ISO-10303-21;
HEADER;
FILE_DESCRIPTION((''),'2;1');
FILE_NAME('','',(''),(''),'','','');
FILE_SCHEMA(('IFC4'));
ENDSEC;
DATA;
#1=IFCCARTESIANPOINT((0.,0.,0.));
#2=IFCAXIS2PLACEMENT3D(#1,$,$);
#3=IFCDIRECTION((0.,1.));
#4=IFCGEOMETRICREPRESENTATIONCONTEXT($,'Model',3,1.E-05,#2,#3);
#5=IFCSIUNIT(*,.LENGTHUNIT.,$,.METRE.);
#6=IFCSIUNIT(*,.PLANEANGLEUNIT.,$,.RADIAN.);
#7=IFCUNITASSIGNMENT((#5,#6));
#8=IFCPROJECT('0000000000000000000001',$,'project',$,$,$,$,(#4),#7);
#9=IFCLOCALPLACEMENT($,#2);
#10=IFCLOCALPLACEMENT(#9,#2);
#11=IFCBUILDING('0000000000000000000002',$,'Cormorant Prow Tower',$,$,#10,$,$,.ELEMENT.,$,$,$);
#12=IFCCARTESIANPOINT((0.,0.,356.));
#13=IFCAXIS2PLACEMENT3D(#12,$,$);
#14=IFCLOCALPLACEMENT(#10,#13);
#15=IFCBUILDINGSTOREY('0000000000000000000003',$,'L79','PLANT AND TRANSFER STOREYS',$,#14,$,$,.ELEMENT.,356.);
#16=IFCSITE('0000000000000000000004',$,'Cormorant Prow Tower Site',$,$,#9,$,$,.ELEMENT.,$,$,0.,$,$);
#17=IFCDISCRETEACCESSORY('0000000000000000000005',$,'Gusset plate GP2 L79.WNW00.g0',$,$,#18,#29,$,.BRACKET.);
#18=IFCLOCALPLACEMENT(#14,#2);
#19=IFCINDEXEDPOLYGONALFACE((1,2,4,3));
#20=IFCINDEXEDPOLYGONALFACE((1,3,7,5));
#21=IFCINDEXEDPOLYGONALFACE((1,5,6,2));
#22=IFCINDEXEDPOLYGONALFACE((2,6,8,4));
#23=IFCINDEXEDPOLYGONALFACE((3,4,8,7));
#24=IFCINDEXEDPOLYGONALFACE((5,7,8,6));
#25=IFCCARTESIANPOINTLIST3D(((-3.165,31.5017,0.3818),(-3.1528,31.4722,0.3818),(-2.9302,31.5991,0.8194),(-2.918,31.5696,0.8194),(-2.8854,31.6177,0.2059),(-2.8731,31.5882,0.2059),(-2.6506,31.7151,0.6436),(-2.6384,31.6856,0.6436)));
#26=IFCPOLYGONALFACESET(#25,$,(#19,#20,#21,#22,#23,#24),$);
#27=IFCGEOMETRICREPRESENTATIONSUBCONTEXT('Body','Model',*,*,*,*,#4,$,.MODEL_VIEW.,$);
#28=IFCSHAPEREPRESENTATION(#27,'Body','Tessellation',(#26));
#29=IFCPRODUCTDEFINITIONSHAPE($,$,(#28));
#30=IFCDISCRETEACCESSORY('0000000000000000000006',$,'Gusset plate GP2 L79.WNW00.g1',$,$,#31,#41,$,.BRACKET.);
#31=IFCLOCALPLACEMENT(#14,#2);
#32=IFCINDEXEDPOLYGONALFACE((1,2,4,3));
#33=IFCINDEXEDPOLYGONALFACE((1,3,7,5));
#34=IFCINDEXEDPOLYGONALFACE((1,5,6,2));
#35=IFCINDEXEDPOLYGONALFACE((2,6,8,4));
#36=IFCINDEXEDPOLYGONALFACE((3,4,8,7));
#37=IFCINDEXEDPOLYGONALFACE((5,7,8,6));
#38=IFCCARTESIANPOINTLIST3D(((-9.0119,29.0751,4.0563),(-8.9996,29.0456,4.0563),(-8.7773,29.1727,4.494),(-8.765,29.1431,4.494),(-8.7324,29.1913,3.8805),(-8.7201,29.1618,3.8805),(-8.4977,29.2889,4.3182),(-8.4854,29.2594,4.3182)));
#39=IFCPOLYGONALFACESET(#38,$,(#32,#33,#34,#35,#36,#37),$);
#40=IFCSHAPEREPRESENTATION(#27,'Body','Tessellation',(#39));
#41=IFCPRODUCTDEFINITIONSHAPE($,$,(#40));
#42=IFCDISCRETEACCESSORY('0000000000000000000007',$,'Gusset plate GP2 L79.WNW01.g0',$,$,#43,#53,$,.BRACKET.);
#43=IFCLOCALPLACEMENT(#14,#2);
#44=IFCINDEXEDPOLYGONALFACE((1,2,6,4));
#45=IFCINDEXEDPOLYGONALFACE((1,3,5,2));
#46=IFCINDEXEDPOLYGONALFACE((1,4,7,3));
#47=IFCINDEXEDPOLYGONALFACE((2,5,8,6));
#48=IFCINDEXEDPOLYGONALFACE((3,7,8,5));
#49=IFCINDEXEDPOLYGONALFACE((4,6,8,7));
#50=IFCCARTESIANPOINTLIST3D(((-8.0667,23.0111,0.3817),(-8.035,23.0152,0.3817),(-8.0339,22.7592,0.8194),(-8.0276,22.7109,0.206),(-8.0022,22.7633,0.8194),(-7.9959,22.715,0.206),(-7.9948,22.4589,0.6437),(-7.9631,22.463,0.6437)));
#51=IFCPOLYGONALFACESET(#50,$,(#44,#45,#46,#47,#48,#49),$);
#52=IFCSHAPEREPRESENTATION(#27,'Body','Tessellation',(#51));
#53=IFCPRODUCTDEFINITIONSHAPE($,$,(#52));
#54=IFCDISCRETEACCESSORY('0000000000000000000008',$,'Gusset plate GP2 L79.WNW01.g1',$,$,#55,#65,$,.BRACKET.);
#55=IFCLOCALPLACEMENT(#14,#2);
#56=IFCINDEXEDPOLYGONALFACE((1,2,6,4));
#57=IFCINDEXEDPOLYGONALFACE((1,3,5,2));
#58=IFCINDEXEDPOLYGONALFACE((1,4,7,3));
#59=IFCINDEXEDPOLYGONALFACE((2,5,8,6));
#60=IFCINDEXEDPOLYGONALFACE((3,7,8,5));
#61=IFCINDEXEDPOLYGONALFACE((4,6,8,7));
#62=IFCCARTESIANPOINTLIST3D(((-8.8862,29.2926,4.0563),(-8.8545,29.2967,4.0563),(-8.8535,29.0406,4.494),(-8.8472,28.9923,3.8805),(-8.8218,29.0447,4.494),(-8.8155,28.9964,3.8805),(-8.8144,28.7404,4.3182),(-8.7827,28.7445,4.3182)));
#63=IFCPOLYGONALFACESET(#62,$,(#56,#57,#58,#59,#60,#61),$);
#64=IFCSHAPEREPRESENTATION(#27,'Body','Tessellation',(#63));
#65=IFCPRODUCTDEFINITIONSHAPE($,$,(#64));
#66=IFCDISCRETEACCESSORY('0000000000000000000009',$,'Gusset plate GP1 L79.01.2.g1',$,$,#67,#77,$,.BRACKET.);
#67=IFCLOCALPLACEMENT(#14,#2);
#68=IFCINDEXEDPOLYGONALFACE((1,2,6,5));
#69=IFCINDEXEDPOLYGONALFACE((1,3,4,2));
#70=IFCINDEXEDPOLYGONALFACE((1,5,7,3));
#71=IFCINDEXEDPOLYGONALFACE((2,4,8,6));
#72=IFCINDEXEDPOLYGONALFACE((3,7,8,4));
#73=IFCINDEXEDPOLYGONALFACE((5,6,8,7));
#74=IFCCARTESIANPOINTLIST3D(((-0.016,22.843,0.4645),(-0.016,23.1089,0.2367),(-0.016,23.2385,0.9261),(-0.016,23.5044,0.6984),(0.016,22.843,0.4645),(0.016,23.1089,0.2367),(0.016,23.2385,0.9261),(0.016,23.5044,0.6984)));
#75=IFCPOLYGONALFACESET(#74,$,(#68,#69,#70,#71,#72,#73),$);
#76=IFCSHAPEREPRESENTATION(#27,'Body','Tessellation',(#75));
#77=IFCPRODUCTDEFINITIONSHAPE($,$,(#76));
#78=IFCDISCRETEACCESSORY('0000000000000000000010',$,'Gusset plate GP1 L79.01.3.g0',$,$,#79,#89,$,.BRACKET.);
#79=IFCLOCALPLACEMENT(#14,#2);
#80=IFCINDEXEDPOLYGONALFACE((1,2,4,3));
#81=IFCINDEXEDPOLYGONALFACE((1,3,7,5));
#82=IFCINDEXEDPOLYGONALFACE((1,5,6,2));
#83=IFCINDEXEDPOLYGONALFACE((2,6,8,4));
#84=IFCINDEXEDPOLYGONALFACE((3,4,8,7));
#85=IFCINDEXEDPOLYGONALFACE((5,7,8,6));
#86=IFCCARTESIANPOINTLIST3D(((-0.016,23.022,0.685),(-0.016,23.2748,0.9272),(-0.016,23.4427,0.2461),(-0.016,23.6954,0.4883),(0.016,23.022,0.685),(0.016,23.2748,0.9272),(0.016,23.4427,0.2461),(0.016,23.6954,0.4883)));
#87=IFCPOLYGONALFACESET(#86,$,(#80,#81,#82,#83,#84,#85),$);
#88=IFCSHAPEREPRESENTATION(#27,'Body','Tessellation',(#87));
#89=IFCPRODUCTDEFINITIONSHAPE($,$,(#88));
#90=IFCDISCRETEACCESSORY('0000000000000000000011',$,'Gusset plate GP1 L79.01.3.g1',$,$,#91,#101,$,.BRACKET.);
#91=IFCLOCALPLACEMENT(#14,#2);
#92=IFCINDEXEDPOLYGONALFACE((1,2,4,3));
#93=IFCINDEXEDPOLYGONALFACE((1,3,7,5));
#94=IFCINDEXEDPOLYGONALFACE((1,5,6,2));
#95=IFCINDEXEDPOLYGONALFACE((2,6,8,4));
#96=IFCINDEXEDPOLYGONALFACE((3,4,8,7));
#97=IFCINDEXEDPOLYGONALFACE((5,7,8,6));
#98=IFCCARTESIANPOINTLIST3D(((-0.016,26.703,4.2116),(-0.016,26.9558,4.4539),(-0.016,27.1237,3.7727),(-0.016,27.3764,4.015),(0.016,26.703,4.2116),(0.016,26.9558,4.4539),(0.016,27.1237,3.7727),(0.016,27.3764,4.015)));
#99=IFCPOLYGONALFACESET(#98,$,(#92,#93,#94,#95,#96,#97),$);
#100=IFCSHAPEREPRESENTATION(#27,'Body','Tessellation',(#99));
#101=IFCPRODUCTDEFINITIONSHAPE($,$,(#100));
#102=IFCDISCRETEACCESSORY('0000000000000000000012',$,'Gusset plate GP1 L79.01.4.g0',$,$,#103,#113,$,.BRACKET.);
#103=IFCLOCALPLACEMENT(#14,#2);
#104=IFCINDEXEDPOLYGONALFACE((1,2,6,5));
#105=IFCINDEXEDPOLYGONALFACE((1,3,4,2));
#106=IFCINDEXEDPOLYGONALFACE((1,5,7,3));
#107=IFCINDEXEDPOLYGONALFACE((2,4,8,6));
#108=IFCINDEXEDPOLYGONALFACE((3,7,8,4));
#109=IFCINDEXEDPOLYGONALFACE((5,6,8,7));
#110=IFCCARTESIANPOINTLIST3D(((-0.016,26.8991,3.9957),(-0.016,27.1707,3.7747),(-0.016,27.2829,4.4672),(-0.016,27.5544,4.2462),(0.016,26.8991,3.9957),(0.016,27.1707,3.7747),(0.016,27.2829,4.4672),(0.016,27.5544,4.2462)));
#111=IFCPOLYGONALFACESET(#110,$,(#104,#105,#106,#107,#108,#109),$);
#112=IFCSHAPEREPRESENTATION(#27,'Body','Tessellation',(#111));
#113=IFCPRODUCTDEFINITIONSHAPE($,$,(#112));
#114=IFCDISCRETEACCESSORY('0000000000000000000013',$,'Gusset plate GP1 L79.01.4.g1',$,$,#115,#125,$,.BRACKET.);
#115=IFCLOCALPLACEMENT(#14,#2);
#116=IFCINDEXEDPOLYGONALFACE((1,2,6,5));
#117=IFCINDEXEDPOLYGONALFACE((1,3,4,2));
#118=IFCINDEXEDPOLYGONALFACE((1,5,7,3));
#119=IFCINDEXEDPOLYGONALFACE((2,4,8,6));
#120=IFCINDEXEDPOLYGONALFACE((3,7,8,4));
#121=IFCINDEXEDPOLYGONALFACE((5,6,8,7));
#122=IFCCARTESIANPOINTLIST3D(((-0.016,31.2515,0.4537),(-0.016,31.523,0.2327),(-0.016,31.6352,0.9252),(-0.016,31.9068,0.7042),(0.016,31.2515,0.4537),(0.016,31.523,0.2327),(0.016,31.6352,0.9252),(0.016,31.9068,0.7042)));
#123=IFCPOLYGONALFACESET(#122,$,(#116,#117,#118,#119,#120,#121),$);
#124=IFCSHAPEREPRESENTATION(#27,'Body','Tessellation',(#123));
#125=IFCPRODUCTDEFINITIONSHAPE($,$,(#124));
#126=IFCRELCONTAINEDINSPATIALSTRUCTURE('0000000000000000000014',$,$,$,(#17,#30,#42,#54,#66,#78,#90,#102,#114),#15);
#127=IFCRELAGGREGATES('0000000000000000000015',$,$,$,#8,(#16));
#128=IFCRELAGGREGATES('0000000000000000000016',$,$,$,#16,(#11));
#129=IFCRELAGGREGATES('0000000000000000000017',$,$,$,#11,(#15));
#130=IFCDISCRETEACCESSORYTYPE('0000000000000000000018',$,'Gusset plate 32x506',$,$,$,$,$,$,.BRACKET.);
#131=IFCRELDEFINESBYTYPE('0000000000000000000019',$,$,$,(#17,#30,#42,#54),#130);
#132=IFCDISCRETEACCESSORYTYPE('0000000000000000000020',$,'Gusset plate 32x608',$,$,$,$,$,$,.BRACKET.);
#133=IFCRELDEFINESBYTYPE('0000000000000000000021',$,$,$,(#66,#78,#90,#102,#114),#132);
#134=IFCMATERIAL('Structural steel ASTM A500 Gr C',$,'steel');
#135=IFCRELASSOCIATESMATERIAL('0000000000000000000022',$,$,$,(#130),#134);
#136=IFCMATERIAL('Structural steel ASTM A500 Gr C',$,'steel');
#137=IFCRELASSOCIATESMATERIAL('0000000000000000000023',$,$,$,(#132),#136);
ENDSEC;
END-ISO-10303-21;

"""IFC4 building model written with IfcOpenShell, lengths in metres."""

from ifc_helpers import new_model, si_unit, direction, frame, origin, origin_2d, place, context, subcontext, project, spatial, rectangle, extrude, material, material_profile, profile_set, type_object, element, save


model = new_model("IFC4")

# Units and contexts
model_context = context("Model", 3, precision=1e-05, world=origin(), true_north=direction((0.0, 1.0)))
body_context = subcontext(model_context, "Body", "Model", "MODEL_VIEW")
ifc_project = project(units=[si_unit("LENGTHUNIT", "METRE"), si_unit("PLANEANGLEUNIT", "RADIAN")], contexts=[model_context])

# Site, building, storey
site_placement = place(None, origin())
site = spatial("IfcSite", under=ifc_project, at=site_placement, Name="Cormorant Prow Tower Site", CompositionType="ELEMENT", RefElevation=0.0)
building_placement = place(site_placement, origin())
building = spatial("IfcBuilding", under=site, at=building_placement, Name="Cormorant Prow Tower", CompositionType="ELEMENT")
storey_placement = place(building_placement, frame((0.0, 0.0, 356.0)))
storey = spatial("IfcBuildingStorey", under=building, at=storey_placement, Name="L79", Description="PLANT AND TRANSFER STOREYS", CompositionType="ELEMENT", Elevation=356.0)

# Discrete accessories
ifc_material_1 = material(Name="Structural steel ASTM A500 Gr C", Category="steel")
ifc_material_profile_1 = material_profile(ifc_material_1, rectangle(XDim=0.032, YDim=0.5061, at=origin_2d()), Name="Gusset plate 32x506")
ifc_profile_set_1 = profile_set([ifc_material_profile_1], Name="Structural steel ASTM A500 Gr C")
discrete_accessory_type_1 = type_object("IfcDiscreteAccessoryType", Name="Gusset plate 32x506", PredefinedType="BRACKET", material=ifc_profile_set_1)
for number, where, z_axis, x_axis, name in (
    (1, (-3.0415, 31.5356, 0.6006), (0.79872, 0.331347, -0.502252), (-0.383183, 0.923672, 0.0), "Gusset plate GP2 L79.WNW00.g0"),
    (2, (-8.6089, 29.2253, 4.0994), (-0.798535, -0.331967, 0.502135), (0.383871, -0.923387, 0.0), "Gusset plate GP2 L79.WNW00.g1"),
    (3, (-8.0344, 22.8872, 0.6006), (0.111561, -0.857627, -0.502026), (0.991645, 0.128995, 0.0), "Gusset plate GP2 L79.WNW01.g0"),
    (4, (-8.8149, 28.8684, 4.0994), (-0.111561, 0.857627, 0.502026), (-0.991645, -0.128995, 0.0), "Gusset plate GP2 L79.WNW01.g1"),
):
    element("IfcDiscreteAccessory", number, at=place(storey_placement, frame(where, z_axis=z_axis, x_axis=x_axis)), inside=storey, type_object=discrete_accessory_type_1, Name=name, PredefinedType="BRACKET", context=body_context, shape_type="SweptSolid", body=[
        extrude(rectangle(XDim=0.032, YDim=0.5061, at=origin_2d()), origin(), (0.0, 0.0, 1.0), 0.3501),
    ])
ifc_material_2 = material(Name="Structural steel ASTM A500 Gr C", Category="steel")
ifc_material_profile_2 = material_profile(ifc_material_2, rectangle(XDim=0.032, YDim=0.6079, at=origin_2d()), Name="Gusset plate 32x608")
ifc_profile_set_2 = profile_set([ifc_material_profile_2], Name="Structural steel ASTM A500 Gr C")
discrete_accessory_type_2 = type_object("IfcDiscreteAccessoryType", Name="Gusset plate 32x608", PredefinedType="BRACKET", material=ifc_profile_set_2)
for number, where, z_axis, x_axis, name in (
    (5, (0.0, 23.0408, 0.6953), (0.0, 0.759404, -0.650619), (-1.0, 0.0, 0.0), "Gusset plate GP1 L79.01.2.g1"),
    (6, (0.0, 23.4851, 0.7078), (0.0, -0.721945, -0.691951), (1.0, 0.0, 0.0), "Gusset plate GP1 L79.01.3.g0"),
    (7, (0.0, 26.9133, 3.9922), (0.0, 0.721945, 0.691951), (-1.0, 0.0, 0.0), "Gusset plate GP1 L79.01.3.g1"),
    (8, (0.0, 27.3625, 4.0105), (0.0, -0.775602, 0.631223), (1.0, 0.0, 0.0), "Gusset plate GP1 L79.01.4.g0"),
    (9, (0.0, 31.4434, 0.6895), (0.0, 0.775602, -0.631223), (-1.0, 0.0, 0.0), "Gusset plate GP1 L79.01.4.g1"),
):
    element("IfcDiscreteAccessory", number, at=place(storey_placement, frame(where, z_axis=z_axis, x_axis=x_axis)), inside=storey, type_object=discrete_accessory_type_2, Name=name, PredefinedType="BRACKET", context=body_context, shape_type="SweptSolid", body=[
        extrude(rectangle(XDim=0.032, YDim=0.6079, at=origin_2d()), origin(), (0.0, 0.0, 1.0), 0.3501),
    ])

save(model, "model.ifc")
